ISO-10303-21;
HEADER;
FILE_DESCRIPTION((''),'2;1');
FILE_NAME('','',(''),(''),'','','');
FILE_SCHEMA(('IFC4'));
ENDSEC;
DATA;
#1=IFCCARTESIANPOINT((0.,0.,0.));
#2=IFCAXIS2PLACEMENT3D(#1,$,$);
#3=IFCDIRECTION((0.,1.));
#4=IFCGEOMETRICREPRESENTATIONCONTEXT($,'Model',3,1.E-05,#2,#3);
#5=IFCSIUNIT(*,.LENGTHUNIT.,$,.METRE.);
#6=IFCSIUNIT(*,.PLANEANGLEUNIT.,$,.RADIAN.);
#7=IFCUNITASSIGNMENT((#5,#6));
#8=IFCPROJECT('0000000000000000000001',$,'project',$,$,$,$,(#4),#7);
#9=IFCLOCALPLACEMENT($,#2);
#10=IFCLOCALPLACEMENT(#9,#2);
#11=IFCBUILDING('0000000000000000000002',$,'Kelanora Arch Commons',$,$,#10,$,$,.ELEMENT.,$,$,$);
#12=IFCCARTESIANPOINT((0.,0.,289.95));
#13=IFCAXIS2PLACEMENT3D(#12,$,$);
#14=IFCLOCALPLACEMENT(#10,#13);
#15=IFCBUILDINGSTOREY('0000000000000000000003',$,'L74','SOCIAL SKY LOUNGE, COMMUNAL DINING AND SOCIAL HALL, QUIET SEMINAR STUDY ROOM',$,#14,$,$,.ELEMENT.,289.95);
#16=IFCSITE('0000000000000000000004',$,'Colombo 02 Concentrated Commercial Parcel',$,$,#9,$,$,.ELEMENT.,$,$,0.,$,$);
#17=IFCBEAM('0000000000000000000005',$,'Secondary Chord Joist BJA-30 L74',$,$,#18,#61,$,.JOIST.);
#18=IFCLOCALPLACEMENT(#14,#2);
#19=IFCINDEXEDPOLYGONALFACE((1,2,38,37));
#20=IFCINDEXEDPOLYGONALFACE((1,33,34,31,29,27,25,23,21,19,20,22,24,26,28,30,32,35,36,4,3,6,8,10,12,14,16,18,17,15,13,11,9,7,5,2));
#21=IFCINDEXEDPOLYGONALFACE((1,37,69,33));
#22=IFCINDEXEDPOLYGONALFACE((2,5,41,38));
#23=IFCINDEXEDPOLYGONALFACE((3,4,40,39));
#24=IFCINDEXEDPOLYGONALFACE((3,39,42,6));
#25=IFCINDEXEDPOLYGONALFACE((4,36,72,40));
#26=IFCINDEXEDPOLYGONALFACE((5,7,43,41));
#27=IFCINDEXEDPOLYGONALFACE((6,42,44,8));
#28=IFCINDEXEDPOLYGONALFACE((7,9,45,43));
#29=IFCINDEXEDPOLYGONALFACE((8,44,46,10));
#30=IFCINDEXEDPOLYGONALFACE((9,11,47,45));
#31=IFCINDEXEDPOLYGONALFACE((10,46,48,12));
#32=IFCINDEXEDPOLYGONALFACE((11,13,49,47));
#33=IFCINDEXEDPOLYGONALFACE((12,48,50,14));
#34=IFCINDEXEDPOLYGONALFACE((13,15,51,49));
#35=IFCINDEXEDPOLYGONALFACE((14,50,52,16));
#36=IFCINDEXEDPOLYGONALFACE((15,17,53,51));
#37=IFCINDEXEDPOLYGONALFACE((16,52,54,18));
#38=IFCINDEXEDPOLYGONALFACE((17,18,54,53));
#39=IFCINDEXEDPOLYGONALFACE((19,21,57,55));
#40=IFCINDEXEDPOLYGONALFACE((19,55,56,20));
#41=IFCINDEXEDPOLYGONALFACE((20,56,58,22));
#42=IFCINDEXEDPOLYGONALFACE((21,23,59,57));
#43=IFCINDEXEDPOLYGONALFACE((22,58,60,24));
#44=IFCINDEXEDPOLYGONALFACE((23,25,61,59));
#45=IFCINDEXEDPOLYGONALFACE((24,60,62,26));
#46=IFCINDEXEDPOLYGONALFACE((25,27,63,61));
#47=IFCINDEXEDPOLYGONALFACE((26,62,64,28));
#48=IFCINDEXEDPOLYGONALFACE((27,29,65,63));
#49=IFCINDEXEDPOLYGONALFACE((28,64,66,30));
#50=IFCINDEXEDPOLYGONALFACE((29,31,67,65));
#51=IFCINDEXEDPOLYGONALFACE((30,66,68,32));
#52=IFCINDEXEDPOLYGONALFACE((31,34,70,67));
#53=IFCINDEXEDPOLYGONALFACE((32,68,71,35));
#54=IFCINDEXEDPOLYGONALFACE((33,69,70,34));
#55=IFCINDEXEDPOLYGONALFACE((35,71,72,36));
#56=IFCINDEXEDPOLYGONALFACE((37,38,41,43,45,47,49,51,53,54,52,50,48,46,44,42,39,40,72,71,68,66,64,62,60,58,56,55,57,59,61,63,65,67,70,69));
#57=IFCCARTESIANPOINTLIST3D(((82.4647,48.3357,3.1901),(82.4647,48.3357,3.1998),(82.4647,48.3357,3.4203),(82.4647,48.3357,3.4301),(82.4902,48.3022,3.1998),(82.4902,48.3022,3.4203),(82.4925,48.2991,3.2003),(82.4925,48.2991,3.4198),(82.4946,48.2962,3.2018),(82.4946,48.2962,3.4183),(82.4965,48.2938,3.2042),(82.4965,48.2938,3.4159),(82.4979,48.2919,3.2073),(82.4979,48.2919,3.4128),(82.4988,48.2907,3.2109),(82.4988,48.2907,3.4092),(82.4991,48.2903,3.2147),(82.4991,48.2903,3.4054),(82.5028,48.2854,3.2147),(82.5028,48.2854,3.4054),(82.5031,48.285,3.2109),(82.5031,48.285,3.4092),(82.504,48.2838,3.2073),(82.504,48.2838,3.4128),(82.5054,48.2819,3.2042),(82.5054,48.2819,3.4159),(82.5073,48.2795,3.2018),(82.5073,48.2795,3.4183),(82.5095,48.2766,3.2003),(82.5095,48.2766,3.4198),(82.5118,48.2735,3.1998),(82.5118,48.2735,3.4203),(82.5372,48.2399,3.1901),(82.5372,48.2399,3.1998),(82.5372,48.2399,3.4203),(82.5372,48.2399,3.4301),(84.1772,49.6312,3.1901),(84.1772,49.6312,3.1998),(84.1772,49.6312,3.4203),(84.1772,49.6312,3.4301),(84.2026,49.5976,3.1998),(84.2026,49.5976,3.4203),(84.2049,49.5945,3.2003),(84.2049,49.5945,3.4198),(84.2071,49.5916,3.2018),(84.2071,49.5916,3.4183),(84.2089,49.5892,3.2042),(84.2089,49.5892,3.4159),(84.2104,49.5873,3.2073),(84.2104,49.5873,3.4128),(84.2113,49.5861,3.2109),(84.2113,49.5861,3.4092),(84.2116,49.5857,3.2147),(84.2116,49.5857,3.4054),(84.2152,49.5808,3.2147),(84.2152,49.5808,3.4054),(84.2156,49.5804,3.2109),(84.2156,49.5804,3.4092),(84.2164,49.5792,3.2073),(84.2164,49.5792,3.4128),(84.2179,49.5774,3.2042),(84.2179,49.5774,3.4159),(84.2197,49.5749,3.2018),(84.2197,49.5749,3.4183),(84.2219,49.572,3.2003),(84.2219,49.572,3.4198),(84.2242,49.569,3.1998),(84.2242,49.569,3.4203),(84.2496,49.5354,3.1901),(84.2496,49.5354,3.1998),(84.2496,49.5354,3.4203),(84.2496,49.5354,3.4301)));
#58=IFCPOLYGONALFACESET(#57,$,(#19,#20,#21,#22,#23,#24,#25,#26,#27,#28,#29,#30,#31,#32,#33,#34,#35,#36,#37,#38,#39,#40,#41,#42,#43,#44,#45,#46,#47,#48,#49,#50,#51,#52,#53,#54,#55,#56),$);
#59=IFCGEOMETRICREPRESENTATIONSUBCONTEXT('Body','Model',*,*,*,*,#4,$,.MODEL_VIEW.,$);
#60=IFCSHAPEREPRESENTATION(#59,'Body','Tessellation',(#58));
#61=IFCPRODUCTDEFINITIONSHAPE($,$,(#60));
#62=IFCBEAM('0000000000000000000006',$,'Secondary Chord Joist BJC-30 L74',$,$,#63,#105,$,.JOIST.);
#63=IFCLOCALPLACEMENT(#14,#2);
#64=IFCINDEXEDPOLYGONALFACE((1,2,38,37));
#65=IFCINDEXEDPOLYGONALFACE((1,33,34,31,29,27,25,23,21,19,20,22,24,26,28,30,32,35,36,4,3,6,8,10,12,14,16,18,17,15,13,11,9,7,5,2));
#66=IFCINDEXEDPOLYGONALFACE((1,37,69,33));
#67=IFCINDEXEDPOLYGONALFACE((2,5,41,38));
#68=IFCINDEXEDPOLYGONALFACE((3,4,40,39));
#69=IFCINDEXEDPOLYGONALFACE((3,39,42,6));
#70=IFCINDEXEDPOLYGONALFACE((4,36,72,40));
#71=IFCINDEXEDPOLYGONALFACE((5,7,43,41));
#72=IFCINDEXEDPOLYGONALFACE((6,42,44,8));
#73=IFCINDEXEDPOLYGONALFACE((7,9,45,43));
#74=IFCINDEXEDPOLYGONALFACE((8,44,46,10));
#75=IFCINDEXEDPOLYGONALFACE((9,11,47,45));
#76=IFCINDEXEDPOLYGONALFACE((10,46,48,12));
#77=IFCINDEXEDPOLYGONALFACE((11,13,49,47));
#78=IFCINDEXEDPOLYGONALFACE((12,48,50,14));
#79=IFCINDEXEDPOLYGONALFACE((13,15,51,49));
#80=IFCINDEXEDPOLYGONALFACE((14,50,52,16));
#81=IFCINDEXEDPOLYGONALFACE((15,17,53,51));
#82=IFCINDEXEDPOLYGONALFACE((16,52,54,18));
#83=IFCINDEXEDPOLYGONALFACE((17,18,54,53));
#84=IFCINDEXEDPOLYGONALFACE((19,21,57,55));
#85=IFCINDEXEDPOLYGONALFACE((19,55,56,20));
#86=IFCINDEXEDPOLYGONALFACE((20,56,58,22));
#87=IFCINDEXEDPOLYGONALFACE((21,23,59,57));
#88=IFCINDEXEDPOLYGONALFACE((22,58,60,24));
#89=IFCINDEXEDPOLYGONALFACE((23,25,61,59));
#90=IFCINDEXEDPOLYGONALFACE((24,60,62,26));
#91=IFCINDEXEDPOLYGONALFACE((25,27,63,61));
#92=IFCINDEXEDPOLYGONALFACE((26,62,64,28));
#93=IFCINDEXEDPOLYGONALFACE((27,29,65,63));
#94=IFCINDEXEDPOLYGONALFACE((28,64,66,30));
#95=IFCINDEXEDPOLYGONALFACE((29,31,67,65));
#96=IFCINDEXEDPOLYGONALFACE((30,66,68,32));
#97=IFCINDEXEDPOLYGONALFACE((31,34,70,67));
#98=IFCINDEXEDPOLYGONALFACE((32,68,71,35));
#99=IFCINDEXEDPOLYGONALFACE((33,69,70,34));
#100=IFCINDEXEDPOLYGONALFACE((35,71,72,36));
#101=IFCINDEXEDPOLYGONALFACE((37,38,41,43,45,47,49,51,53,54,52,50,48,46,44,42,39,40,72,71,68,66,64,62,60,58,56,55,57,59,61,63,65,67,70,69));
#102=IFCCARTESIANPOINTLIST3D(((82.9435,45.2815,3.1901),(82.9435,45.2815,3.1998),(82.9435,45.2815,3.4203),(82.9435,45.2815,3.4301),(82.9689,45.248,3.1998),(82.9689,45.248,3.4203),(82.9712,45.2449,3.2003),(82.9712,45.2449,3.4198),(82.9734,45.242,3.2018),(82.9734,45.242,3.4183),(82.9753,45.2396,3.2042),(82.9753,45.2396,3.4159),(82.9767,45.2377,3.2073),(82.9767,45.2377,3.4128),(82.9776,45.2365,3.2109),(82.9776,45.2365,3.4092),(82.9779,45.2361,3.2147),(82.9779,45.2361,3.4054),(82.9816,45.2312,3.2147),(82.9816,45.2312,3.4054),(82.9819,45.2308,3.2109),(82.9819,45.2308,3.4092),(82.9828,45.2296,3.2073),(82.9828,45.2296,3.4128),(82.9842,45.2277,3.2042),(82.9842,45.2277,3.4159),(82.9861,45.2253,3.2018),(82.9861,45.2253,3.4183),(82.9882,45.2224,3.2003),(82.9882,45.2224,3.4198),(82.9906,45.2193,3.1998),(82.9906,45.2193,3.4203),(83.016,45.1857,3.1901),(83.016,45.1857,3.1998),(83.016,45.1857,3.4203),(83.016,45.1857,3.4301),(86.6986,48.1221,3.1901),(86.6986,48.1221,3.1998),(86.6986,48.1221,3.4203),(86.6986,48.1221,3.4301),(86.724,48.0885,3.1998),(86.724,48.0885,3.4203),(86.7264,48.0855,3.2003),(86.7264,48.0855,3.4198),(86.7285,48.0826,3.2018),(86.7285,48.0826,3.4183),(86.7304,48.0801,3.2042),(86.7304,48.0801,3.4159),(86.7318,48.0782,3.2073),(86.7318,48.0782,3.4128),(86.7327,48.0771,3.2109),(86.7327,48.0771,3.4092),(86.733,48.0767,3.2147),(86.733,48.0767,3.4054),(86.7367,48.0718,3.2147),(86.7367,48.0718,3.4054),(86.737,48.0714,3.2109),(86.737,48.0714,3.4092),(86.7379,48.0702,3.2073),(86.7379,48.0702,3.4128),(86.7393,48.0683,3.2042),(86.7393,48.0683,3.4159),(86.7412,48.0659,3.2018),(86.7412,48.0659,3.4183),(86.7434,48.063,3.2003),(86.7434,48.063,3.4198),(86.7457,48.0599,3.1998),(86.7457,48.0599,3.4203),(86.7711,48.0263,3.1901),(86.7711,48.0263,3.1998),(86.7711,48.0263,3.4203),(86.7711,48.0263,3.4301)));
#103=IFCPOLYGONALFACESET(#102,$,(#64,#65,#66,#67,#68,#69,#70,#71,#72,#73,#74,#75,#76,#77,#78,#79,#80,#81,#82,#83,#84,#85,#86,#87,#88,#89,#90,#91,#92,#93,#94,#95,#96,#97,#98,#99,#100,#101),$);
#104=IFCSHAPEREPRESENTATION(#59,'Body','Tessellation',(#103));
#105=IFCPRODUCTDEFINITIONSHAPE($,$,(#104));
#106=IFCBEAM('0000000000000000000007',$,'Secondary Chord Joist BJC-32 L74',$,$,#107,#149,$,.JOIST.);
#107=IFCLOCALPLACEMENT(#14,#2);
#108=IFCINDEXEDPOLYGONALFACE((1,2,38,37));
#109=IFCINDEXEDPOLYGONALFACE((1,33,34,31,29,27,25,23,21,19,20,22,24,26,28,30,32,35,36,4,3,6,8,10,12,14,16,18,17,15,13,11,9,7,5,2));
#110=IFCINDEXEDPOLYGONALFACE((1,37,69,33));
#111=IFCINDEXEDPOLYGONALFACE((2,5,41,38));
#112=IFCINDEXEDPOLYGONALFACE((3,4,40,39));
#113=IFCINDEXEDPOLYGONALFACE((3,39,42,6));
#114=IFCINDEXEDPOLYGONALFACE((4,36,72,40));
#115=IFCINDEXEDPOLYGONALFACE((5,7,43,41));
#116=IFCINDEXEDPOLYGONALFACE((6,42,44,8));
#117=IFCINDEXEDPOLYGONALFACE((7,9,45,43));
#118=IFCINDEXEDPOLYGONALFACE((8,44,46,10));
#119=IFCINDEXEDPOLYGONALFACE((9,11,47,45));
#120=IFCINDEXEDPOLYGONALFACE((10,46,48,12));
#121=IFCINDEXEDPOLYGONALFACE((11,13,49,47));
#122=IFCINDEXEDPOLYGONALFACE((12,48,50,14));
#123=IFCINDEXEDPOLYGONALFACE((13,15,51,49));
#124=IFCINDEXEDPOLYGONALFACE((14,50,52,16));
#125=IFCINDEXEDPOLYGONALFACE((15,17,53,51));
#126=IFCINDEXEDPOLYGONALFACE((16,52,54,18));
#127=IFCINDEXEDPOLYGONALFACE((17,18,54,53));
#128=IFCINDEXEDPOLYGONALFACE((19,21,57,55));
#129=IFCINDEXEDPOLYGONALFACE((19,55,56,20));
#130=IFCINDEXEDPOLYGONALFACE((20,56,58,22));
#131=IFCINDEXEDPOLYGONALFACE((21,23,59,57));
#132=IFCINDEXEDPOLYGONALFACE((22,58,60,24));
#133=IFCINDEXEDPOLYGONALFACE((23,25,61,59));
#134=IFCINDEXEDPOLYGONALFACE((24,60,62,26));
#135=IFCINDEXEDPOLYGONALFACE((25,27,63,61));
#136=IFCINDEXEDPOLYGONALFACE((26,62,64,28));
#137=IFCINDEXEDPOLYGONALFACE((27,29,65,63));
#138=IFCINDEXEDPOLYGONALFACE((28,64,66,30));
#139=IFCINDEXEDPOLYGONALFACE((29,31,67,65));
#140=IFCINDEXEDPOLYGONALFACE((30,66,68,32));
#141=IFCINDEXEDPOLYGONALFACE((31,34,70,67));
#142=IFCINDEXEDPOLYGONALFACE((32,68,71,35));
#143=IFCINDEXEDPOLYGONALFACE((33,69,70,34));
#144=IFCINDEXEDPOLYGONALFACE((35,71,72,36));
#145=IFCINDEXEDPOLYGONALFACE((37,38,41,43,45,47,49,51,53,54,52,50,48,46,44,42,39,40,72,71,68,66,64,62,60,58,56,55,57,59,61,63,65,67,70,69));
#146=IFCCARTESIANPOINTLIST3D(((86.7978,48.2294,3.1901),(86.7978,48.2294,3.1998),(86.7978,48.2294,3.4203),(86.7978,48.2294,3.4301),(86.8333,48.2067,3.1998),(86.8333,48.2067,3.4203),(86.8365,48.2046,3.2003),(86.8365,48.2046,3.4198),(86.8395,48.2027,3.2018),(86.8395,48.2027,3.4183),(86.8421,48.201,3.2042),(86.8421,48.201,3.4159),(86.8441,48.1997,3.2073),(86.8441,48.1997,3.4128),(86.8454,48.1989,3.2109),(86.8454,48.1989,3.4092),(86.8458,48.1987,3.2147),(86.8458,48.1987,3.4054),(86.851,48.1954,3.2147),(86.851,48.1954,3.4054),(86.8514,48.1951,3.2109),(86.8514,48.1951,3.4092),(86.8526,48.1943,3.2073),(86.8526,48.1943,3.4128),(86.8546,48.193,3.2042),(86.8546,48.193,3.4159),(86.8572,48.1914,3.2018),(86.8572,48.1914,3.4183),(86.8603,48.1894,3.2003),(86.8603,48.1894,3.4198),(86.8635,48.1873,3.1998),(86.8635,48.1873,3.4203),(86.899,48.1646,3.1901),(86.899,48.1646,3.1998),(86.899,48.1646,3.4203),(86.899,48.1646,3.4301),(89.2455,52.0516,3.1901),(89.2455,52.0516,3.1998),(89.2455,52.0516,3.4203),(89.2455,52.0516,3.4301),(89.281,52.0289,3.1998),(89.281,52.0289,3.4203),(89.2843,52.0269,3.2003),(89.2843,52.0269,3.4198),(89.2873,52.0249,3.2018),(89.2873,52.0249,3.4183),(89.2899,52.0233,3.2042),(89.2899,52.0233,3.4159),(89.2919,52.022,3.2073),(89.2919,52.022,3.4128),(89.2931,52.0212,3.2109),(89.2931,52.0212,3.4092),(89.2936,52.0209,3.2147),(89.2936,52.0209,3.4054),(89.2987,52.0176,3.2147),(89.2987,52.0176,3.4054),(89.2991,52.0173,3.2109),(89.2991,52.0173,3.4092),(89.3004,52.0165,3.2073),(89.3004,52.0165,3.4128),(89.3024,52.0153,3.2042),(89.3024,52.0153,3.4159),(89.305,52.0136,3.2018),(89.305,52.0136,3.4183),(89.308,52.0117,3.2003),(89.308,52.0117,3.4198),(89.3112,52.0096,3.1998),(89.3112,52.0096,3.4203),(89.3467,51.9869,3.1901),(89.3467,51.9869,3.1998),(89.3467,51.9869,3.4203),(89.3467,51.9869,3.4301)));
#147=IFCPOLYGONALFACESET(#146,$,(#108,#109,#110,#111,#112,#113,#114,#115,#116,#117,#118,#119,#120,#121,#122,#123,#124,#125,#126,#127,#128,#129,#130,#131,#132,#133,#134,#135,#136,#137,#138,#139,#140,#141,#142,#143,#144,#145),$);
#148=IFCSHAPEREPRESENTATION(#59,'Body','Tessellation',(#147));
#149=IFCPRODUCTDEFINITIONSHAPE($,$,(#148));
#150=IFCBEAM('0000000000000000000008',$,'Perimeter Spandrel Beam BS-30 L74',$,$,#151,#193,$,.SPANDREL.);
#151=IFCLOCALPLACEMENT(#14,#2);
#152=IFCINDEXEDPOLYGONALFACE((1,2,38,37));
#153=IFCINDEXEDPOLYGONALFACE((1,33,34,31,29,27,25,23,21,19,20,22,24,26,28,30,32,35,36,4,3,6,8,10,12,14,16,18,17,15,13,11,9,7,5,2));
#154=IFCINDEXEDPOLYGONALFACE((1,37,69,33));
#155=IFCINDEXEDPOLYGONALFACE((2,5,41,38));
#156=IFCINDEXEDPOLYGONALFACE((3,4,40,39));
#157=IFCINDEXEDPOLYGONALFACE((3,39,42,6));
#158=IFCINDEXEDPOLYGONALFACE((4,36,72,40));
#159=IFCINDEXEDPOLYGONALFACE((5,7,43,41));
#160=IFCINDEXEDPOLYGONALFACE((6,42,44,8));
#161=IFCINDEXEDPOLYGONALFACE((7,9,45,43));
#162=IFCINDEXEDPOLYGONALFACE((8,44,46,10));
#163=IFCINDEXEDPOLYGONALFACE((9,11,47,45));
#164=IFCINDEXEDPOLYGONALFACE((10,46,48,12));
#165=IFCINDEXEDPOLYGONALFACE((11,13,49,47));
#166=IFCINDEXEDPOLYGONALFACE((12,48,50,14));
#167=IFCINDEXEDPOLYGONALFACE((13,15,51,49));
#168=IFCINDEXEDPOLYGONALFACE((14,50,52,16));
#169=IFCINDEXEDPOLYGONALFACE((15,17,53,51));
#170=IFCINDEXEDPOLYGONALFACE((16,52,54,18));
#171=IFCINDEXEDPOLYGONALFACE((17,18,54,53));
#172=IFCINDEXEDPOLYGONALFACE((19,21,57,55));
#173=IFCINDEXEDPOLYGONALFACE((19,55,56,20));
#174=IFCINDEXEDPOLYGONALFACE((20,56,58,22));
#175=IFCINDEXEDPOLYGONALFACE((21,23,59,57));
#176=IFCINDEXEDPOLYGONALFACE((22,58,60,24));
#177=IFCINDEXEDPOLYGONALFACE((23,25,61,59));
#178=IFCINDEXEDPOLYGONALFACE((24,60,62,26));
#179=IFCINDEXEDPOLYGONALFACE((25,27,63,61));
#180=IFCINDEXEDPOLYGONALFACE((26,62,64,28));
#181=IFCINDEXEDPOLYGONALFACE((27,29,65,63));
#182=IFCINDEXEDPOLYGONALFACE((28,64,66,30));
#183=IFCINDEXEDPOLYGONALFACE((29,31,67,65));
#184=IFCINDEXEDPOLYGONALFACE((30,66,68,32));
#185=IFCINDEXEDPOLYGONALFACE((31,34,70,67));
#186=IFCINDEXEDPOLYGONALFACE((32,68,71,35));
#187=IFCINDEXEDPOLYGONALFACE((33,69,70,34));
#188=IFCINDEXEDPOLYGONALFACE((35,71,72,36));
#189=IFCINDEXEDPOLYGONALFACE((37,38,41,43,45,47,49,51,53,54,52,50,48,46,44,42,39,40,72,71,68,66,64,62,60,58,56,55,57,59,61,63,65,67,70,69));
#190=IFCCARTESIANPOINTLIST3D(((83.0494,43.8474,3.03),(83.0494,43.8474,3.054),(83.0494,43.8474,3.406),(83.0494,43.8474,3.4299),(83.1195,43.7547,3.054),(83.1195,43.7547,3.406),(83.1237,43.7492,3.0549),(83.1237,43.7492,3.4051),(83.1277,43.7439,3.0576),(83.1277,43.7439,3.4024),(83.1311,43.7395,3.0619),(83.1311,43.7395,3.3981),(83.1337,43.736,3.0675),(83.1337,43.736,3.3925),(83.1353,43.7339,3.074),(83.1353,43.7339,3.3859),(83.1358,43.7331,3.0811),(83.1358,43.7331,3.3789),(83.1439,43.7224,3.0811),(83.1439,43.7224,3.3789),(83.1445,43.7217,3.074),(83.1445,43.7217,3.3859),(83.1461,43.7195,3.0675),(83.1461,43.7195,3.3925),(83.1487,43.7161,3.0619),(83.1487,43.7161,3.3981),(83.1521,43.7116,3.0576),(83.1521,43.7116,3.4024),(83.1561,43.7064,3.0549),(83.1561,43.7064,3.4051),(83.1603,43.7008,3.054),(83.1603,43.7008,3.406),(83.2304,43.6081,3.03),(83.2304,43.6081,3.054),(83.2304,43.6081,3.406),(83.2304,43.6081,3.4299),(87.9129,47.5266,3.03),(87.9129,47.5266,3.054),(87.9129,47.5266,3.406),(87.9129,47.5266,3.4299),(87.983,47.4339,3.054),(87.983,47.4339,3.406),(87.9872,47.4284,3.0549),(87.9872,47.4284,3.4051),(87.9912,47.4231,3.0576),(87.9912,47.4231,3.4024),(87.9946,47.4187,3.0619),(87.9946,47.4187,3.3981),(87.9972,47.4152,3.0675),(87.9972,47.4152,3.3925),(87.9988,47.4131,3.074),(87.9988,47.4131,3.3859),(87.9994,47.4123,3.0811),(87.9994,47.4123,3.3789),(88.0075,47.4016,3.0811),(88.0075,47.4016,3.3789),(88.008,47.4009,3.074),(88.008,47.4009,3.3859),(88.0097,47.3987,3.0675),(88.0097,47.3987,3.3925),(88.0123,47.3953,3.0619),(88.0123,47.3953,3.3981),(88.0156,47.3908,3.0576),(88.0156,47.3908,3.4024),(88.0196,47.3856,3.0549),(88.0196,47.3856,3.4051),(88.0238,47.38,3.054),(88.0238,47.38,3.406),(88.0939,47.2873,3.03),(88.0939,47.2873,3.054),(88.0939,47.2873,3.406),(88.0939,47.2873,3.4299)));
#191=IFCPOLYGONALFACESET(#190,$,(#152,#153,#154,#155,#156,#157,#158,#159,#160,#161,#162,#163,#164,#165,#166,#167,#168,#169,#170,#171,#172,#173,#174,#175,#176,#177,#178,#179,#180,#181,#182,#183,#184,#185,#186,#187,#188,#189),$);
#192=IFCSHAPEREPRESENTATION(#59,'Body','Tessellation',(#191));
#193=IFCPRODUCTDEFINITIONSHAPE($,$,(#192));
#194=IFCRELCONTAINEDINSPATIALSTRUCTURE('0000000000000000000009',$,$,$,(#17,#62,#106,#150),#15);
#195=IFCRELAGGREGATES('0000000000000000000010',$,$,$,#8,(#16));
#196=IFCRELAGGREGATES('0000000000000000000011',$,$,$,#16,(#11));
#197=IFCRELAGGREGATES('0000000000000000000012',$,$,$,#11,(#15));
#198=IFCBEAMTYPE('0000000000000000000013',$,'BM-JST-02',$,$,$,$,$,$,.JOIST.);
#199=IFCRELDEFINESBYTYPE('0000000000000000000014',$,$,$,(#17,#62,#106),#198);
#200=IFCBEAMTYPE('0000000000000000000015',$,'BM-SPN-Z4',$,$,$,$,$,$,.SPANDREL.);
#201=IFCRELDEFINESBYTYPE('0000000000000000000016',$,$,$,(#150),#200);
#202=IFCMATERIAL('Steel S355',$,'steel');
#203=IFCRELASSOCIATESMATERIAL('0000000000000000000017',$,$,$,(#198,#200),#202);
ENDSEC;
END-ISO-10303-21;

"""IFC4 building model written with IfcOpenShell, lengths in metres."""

from ifc_helpers import new_model, si_unit, direction, frame, origin, origin_2d, place, context, subcontext, project, spatial, i_section, extrude, material, material_profile, profile_set, type_object, element, save


model = new_model("IFC4")

# Units and contexts
model_context = context("Model", 3, precision=1e-05, world=origin(), true_north=direction((0.0, 1.0)))
body_context = subcontext(model_context, "Body", "Model", "MODEL_VIEW")
ifc_project = project(units=[si_unit("LENGTHUNIT", "METRE"), si_unit("PLANEANGLEUNIT", "RADIAN")], contexts=[model_context])

# Site, building, storey
site_placement = place(None, origin())
site = spatial("IfcSite", under=ifc_project, at=site_placement, Name="Colombo 02 Concentrated Commercial Parcel", CompositionType="ELEMENT", RefElevation=0.0)
building_placement = place(site_placement, origin())
building = spatial("IfcBuilding", under=site, at=building_placement, Name="Kelanora Arch Commons", CompositionType="ELEMENT")
storey_placement = place(building_placement, frame((0.0, 0.0, 289.95)))
storey = spatial("IfcBuildingStorey", under=building, at=storey_placement, Name="L74", Description="SOCIAL SKY LOUNGE, COMMUNAL DINING AND SOCIAL HALL, QUIET SEMINAR STUDY ROOM", CompositionType="ELEMENT", Elevation=289.95)

# Beams
ifc_material_1 = material(Name="Steel S355", Category="steel")
ifc_material_profile_1 = material_profile(ifc_material_1, i_section(OverallWidth=0.1201, OverallDepth=0.24, WebThickness=0.0061, FlangeThickness=0.0098, FilletRadius=0.0149, at=origin_2d()), Name="IPE240")
ifc_profile_set_1 = profile_set([ifc_material_profile_1], Name="Steel S355")
beam_type_1 = type_object("IfcBeamType", Name="BM-JST-02", PredefinedType="JOIST", material=ifc_profile_set_1)
beam_1_placement = place(storey_placement, frame((82.501, 48.2878, 3.3101), z_axis=(0.79751, 0.603306, 0.0), x_axis=(-0.603306, 0.79751, 0.0)))
element("IfcBeam", 1, at=beam_1_placement, inside=storey, type_object=beam_type_1, Name="Secondary Chord Joist BJA-30 L74", PredefinedType="JOIST", context=body_context, shape_type="SweptSolid", body=[
    extrude(i_section(OverallWidth=0.1201, OverallDepth=0.24, WebThickness=0.0061, FlangeThickness=0.0098, FilletRadius=0.0149, at=origin_2d()), origin(), (0.0, 0.0, 1.0), 2.1472),
])
beam_2_placement = place(storey_placement, frame((82.9797, 45.2336, 3.3101), z_axis=(0.797523, 0.603289, 0.0), x_axis=(-0.603289, 0.797523, 0.0)))
element("IfcBeam", 2, at=beam_2_placement, inside=storey, type_object=beam_type_1, Name="Secondary Chord Joist BJC-30 L74", PredefinedType="JOIST", context=body_context, shape_type="SweptSolid", body=[
    extrude(i_section(OverallWidth=0.1201, OverallDepth=0.24, WebThickness=0.0061, FlangeThickness=0.0098, FilletRadius=0.0149, at=origin_2d()), origin(), (0.0, 0.0, 1.0), 4.7085),
])
beam_3_placement = place(storey_placement, frame((86.8484, 48.197, 3.3101), z_axis=(0.539289, 0.842121, 0.0), x_axis=(-0.842121, 0.539289, 0.0)))
element("IfcBeam", 3, at=beam_3_placement, inside=storey, type_object=beam_type_1, Name="Secondary Chord Joist BJC-32 L74", PredefinedType="JOIST", context=body_context, shape_type="SweptSolid", body=[
    extrude(i_section(OverallWidth=0.1201, OverallDepth=0.24, WebThickness=0.0061, FlangeThickness=0.0098, FilletRadius=0.0149, at=origin_2d()), origin(), (0.0, 0.0, 1.0), 4.5388),
])
ifc_material_profile_2 = material_profile(ifc_material_1, i_section(OverallWidth=0.3, OverallDepth=0.3999, WebThickness=0.0134, FlangeThickness=0.0239, FilletRadius=0.0271, at=origin_2d()), Name="HEB400")
ifc_profile_set_2 = profile_set([ifc_material_profile_2], Name="Steel S355")
beam_type_2 = type_object("IfcBeamType", Name="BM-SPN-Z4", PredefinedType="SPANDREL", material=ifc_profile_set_2)
beam_4_placement = place(storey_placement, frame((83.1399, 43.7278, 3.23), z_axis=(0.797509, 0.603306, 0.0), x_axis=(-0.603306, 0.797509, 0.0)))
element("IfcBeam", 4, at=beam_4_placement, inside=storey, type_object=beam_type_2, Name="Perimeter Spandrel Beam BS-30 L74", PredefinedType="SPANDREL", context=body_context, shape_type="SweptSolid", body=[
    extrude(i_section(OverallWidth=0.3, OverallDepth=0.3999, WebThickness=0.0134, FlangeThickness=0.0239, FilletRadius=0.0271, at=origin_2d()), origin(), (0.0, 0.0, 1.0), 6.0984),
])

save(model, "model.ifc")
